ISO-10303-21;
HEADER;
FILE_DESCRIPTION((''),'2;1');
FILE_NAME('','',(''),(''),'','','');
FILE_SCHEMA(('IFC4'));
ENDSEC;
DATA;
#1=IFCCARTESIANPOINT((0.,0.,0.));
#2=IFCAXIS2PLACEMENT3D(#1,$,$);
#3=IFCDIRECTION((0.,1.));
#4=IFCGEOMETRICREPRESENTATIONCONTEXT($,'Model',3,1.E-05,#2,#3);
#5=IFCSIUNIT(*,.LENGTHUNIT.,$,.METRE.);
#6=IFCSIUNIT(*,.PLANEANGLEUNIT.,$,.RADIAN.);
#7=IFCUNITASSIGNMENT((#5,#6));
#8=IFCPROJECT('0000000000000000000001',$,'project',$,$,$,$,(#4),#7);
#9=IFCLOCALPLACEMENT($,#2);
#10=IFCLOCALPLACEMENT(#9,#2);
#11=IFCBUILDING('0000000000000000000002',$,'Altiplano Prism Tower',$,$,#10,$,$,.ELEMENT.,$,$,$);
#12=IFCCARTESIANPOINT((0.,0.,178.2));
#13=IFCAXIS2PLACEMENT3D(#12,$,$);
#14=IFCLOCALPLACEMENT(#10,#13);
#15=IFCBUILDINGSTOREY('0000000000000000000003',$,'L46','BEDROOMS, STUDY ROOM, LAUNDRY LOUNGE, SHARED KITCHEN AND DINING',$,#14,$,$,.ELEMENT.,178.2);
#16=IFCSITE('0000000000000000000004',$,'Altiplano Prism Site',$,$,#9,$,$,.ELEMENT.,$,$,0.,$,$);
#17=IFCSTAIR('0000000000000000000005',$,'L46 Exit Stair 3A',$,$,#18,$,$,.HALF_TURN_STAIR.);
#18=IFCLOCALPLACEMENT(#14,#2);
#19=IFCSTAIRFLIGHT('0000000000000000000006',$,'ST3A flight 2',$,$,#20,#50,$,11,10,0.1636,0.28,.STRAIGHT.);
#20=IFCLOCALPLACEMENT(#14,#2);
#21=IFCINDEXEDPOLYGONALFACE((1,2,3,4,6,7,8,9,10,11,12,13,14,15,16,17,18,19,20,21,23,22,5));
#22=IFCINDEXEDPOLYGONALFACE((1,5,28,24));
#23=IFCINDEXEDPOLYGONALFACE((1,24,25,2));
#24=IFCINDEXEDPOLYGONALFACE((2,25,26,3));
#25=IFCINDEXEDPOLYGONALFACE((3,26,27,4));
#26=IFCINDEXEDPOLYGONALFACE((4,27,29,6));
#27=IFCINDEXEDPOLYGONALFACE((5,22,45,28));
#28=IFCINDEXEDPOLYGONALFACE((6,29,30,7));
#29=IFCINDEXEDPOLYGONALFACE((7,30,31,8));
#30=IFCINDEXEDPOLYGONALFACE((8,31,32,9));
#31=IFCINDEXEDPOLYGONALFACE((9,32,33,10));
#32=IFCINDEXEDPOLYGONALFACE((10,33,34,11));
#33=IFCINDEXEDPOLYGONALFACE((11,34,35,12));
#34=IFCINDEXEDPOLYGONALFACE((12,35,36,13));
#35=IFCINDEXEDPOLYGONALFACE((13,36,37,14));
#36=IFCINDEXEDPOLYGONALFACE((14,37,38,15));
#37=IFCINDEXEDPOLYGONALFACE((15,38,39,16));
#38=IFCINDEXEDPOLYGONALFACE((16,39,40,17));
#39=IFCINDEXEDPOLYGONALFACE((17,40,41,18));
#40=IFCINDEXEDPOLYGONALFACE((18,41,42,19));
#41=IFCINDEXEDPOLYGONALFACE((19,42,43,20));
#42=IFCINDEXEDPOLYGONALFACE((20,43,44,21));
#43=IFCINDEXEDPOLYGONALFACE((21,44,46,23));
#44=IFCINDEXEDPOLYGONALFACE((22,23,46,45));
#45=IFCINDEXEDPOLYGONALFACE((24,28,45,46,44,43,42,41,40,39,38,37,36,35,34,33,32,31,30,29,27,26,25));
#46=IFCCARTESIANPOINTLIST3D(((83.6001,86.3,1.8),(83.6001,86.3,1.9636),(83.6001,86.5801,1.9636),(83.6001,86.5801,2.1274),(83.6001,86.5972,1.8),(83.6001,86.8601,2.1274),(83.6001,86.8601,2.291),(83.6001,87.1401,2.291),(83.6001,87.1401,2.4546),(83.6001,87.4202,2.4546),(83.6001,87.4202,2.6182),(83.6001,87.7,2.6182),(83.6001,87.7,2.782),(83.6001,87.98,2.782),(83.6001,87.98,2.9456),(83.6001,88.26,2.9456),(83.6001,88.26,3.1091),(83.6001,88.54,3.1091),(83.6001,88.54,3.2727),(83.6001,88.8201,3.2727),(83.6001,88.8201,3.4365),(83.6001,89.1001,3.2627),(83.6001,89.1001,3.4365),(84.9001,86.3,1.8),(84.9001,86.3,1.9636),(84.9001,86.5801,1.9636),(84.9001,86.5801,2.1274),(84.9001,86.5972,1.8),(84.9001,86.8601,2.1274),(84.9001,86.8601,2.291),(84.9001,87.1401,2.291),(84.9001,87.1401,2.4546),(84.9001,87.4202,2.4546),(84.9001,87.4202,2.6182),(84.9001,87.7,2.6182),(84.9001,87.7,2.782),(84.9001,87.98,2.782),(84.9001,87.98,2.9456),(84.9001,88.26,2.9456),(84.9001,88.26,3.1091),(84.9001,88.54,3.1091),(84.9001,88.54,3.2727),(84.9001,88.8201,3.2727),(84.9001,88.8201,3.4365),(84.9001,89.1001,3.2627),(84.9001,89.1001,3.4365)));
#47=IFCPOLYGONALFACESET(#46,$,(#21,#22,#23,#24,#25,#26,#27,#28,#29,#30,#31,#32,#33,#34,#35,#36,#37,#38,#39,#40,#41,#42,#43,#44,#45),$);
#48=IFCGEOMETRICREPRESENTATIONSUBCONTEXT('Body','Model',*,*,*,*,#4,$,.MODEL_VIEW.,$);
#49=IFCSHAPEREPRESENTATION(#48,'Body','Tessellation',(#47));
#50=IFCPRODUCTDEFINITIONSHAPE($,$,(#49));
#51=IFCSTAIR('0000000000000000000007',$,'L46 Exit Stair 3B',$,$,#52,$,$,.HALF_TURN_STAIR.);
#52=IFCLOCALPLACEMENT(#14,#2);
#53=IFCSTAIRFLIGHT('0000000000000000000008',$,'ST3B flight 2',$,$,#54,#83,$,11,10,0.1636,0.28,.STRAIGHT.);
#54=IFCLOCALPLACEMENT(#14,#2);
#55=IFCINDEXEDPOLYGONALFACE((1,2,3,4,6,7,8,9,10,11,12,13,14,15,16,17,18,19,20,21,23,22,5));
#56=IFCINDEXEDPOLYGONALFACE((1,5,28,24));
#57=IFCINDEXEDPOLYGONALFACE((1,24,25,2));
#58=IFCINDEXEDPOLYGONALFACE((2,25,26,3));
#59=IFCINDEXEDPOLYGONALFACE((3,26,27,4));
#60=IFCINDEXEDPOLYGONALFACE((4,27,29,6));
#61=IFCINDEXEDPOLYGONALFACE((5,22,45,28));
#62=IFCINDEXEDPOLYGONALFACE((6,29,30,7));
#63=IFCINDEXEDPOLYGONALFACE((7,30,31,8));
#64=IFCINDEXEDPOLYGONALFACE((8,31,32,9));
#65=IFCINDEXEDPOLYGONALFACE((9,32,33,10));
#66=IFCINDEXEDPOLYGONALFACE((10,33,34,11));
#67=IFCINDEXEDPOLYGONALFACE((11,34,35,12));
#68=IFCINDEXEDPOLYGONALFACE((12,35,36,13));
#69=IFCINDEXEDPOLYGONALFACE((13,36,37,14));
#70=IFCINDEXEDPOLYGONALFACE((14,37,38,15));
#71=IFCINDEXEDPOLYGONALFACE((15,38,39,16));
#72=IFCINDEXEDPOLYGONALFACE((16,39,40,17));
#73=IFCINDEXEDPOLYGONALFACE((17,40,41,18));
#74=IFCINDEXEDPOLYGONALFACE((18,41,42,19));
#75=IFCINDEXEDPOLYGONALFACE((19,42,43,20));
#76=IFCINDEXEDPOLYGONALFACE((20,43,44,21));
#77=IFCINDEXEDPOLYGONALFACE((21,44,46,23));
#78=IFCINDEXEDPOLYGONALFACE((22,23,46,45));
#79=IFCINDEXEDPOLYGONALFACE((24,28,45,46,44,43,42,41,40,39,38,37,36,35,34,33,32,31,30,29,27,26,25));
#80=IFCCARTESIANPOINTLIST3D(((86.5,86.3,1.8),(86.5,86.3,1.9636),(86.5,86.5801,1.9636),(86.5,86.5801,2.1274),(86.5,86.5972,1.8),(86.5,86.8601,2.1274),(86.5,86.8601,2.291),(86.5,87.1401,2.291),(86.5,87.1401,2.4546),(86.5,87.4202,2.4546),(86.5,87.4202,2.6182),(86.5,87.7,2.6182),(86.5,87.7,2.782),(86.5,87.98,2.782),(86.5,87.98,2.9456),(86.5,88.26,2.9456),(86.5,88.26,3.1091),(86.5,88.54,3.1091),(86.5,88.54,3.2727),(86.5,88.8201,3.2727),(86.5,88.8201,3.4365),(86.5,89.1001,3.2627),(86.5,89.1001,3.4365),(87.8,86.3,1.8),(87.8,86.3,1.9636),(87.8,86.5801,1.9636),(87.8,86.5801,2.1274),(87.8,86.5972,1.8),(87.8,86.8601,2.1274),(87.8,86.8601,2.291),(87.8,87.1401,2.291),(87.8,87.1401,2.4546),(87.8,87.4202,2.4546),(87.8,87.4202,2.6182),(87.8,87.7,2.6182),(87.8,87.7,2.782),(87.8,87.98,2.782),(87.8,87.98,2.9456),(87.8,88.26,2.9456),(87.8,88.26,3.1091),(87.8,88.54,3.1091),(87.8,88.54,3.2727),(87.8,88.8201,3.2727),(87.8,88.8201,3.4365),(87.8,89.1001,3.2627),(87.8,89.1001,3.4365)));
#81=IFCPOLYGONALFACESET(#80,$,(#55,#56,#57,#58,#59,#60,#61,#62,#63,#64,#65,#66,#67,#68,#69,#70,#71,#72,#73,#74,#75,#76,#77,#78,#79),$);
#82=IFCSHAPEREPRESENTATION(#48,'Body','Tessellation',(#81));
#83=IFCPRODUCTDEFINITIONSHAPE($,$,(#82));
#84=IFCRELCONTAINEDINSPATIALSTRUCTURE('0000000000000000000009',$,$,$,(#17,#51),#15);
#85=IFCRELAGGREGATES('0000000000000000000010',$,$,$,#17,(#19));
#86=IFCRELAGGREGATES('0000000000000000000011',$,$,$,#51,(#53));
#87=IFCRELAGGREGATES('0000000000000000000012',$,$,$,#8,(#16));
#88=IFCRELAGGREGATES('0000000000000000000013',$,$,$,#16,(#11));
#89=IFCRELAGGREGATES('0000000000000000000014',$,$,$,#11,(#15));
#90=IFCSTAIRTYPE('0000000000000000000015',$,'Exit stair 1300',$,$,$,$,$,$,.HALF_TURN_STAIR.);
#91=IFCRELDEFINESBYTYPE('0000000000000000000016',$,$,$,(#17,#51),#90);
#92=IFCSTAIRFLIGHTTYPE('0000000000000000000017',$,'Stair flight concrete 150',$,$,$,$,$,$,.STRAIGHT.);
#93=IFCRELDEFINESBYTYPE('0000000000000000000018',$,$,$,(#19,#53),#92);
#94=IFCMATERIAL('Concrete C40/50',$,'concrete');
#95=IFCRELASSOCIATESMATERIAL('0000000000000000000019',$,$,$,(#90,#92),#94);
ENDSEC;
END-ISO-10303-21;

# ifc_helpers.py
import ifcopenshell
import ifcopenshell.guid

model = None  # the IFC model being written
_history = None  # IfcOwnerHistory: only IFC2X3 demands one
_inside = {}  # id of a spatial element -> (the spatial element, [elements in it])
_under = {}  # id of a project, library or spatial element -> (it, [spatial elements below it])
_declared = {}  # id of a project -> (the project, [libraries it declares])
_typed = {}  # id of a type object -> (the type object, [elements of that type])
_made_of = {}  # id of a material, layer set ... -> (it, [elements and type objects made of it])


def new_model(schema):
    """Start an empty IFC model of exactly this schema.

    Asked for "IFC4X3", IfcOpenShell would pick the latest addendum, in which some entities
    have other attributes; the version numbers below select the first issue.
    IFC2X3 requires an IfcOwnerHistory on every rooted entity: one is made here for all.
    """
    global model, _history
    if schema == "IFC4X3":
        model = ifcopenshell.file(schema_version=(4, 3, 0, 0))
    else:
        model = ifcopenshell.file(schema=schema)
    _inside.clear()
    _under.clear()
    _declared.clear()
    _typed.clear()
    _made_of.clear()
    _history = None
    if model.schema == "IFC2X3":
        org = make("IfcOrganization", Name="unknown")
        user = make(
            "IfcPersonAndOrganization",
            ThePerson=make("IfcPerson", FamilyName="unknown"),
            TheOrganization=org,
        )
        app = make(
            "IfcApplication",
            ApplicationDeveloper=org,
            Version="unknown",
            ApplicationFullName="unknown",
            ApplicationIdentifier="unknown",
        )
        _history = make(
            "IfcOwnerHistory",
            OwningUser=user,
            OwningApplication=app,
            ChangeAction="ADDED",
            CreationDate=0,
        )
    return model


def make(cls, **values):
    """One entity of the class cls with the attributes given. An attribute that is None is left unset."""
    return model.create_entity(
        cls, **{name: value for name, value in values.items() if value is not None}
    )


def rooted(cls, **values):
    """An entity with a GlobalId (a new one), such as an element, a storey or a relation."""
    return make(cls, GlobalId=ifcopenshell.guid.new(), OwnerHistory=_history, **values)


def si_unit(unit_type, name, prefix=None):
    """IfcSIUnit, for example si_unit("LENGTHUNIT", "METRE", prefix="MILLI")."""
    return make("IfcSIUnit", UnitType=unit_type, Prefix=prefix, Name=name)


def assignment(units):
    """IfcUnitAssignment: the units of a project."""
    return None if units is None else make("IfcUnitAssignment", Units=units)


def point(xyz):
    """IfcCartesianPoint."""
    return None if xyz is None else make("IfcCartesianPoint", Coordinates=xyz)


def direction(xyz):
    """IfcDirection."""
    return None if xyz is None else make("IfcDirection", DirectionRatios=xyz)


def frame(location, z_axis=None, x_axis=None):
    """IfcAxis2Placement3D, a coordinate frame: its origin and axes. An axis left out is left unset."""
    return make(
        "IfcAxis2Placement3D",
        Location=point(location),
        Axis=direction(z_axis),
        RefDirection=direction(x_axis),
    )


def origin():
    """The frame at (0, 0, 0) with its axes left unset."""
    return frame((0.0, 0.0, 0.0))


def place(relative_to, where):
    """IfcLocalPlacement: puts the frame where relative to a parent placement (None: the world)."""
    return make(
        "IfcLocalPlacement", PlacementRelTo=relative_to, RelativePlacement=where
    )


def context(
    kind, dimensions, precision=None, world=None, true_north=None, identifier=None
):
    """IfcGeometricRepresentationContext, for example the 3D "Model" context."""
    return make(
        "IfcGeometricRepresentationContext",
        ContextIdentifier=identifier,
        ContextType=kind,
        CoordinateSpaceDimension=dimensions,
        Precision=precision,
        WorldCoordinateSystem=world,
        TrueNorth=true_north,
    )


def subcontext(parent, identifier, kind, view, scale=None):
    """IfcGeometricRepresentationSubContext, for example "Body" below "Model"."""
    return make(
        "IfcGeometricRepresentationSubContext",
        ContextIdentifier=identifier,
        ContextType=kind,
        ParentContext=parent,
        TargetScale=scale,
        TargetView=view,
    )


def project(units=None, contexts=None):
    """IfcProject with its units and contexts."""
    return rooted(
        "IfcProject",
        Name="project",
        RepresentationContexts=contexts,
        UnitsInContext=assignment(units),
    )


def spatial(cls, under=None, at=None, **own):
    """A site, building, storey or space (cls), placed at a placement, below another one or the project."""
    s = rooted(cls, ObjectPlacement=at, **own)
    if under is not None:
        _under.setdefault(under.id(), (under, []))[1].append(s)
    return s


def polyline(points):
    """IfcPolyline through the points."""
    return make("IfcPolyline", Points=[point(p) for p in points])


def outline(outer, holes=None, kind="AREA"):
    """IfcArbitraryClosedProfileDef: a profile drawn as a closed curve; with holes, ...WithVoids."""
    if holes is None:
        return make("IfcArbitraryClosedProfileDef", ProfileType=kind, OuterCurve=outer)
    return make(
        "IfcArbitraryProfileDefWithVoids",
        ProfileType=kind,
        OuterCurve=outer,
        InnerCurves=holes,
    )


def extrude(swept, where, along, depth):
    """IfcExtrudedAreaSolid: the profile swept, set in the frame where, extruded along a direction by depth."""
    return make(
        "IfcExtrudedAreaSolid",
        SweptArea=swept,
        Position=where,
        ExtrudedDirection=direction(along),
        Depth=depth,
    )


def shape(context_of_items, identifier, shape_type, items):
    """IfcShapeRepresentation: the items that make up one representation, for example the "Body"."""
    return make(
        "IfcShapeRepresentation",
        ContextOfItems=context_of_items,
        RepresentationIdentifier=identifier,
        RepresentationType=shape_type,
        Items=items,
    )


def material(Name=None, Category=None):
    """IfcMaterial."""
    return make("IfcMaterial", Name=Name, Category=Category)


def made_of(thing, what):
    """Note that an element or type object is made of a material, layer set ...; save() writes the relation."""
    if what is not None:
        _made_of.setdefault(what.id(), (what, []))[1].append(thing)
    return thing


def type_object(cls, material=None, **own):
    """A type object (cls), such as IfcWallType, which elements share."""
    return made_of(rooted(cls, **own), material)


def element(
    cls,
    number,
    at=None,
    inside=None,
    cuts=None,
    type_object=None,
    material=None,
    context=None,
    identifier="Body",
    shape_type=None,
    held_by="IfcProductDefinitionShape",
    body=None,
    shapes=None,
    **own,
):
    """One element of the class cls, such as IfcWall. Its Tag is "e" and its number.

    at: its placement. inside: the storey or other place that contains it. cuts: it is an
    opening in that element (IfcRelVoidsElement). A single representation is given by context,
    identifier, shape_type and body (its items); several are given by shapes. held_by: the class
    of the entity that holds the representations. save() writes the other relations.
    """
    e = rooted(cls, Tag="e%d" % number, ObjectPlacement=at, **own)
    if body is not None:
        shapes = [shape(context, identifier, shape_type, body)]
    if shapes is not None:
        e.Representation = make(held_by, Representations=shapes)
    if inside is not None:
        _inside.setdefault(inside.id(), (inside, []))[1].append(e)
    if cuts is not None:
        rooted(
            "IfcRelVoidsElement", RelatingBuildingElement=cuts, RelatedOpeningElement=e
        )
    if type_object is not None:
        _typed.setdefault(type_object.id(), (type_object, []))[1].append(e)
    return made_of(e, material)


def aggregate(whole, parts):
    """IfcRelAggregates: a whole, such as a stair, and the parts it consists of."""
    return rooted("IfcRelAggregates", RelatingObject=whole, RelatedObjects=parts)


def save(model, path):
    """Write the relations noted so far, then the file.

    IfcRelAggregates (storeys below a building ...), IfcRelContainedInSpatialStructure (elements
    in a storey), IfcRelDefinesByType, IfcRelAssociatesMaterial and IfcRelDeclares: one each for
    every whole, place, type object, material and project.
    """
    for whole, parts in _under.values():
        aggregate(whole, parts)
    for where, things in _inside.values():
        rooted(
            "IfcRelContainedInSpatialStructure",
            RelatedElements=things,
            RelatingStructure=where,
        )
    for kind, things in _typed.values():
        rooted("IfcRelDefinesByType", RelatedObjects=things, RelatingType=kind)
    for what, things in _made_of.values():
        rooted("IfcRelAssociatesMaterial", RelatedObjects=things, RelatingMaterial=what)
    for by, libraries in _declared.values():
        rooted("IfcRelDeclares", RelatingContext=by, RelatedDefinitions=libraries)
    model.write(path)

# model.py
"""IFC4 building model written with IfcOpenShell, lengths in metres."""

from ifc_helpers import new_model, si_unit, direction, frame, origin, place, context, subcontext, project, spatial, polyline, outline, extrude, material, type_object, element, aggregate, save


model = new_model("IFC4")

# Units and contexts
model_context = context("Model", 3, precision=1e-05, world=origin(), true_north=direction((0.0, 1.0)))
body_context = subcontext(model_context, "Body", "Model", "MODEL_VIEW")
ifc_project = project(units=[si_unit("LENGTHUNIT", "METRE"), si_unit("PLANEANGLEUNIT", "RADIAN")], contexts=[model_context])

# Site, building, storey
site_placement = place(None, origin())
site = spatial("IfcSite", under=ifc_project, at=site_placement, Name="Altiplano Prism Site", CompositionType="ELEMENT", RefElevation=0.0)
building_placement = place(site_placement, origin())
building = spatial("IfcBuilding", under=site, at=building_placement, Name="Altiplano Prism Tower", CompositionType="ELEMENT")
storey_placement = place(building_placement, frame((0.0, 0.0, 178.2)))
storey = spatial("IfcBuildingStorey", under=building, at=storey_placement, Name="L46", Description="BEDROOMS, STUDY ROOM, LAUNDRY LOUNGE, SHARED KITCHEN AND DINING", CompositionType="ELEMENT", Elevation=178.2)

# Stairs, stair flights
ifc_material_1 = material(Name="Concrete C40/50", Category="concrete")
stair_type = type_object("IfcStairType", Name="Exit stair 1300", PredefinedType="HALF_TURN_STAIR", material=ifc_material_1)
stair_1_placement = place(storey_placement, origin())
stair_1 = element("IfcStair", 1, at=stair_1_placement, inside=storey, type_object=stair_type, Name="L46 Exit Stair 3A", PredefinedType="HALF_TURN_STAIR")
stair_flight_type = type_object("IfcStairFlightType", Name="Stair flight concrete 150", PredefinedType="STRAIGHT", material=ifc_material_1)
stair_flight_1_placement = place(storey_placement, frame((84.25, 86.3, 1.8), z_axis=(0.0, 0.0, 1.0), x_axis=(0.0, 1.0, 0.0)))
stair_flight_1 = element("IfcStairFlight", 2, at=stair_flight_1_placement, type_object=stair_flight_type, Name="ST3A flight 2", NumberOfRisers=11, NumberOfTreads=10, PredefinedType="STRAIGHT", RiserHeight=0.1636, TreadLength=0.28, context=body_context, shape_type="SweptSolid", body=[
    extrude(outline(polyline([(0.0, 0.0), (0.0, 0.1636), (0.28, 0.1636), (0.28, 0.3274), (0.5601, 0.3274), (0.5601, 0.491), (0.8401, 0.491), (0.8401, 0.6545), (1.1201, 0.6545), (1.1201, 0.8181), (1.3999, 0.8181), (1.3999, 0.9819), (1.6799, 0.9819), (1.6799, 1.1455), (1.96, 1.1455), (1.96, 1.3091), (2.24, 1.3091), (2.24, 1.4727), (2.52, 1.4727), (2.52, 1.6365), (2.8, 1.6365), (2.8, 1.8), (2.8, 1.4626), (0.2971, 0.0), (0.0, 0.0)])), frame((0.0, 0.6499, 0.0), z_axis=(0.0, -1.0, 0.0), x_axis=(1.0, 0.0, 0.0)), (0.0, 0.0, 1.0), 1.3),
])
aggregate(stair_1, [stair_flight_1])
stair_2_placement = place(storey_placement, origin())
stair_2 = element("IfcStair", 3, at=stair_2_placement, inside=storey, type_object=stair_type, Name="L46 Exit Stair 3B", PredefinedType="HALF_TURN_STAIR")
stair_flight_2_placement = place(storey_placement, frame((87.1499, 86.3, 1.8), z_axis=(0.0, 0.0, 1.0), x_axis=(0.0, 1.0, 0.0)))
stair_flight_2 = element("IfcStairFlight", 4, at=stair_flight_2_placement, type_object=stair_flight_type, Name="ST3B flight 2", NumberOfRisers=11, NumberOfTreads=10, PredefinedType="STRAIGHT", RiserHeight=0.1636, TreadLength=0.28, context=body_context, shape_type="SweptSolid", body=[
    extrude(outline(polyline([(0.0, 0.0), (0.0, 0.1636), (0.28, 0.1636), (0.28, 0.3274), (0.5601, 0.3274), (0.5601, 0.491), (0.8401, 0.491), (0.8401, 0.6545), (1.1201, 0.6545), (1.1201, 0.8181), (1.3999, 0.8181), (1.3999, 0.9819), (1.6799, 0.9819), (1.6799, 1.1455), (1.96, 1.1455), (1.96, 1.3091), (2.24, 1.3091), (2.24, 1.4727), (2.52, 1.4727), (2.52, 1.6365), (2.8, 1.6365), (2.8, 1.8), (2.8, 1.4626), (0.2971, 0.0), (0.0, 0.0)])), frame((0.0, 0.6499, 0.0), z_axis=(0.0, -1.0, 0.0), x_axis=(1.0, 0.0, 0.0)), (0.0, 0.0, 1.0), 1.3),
])
aggregate(stair_2, [stair_flight_2])

save(model, "model.ifc")
